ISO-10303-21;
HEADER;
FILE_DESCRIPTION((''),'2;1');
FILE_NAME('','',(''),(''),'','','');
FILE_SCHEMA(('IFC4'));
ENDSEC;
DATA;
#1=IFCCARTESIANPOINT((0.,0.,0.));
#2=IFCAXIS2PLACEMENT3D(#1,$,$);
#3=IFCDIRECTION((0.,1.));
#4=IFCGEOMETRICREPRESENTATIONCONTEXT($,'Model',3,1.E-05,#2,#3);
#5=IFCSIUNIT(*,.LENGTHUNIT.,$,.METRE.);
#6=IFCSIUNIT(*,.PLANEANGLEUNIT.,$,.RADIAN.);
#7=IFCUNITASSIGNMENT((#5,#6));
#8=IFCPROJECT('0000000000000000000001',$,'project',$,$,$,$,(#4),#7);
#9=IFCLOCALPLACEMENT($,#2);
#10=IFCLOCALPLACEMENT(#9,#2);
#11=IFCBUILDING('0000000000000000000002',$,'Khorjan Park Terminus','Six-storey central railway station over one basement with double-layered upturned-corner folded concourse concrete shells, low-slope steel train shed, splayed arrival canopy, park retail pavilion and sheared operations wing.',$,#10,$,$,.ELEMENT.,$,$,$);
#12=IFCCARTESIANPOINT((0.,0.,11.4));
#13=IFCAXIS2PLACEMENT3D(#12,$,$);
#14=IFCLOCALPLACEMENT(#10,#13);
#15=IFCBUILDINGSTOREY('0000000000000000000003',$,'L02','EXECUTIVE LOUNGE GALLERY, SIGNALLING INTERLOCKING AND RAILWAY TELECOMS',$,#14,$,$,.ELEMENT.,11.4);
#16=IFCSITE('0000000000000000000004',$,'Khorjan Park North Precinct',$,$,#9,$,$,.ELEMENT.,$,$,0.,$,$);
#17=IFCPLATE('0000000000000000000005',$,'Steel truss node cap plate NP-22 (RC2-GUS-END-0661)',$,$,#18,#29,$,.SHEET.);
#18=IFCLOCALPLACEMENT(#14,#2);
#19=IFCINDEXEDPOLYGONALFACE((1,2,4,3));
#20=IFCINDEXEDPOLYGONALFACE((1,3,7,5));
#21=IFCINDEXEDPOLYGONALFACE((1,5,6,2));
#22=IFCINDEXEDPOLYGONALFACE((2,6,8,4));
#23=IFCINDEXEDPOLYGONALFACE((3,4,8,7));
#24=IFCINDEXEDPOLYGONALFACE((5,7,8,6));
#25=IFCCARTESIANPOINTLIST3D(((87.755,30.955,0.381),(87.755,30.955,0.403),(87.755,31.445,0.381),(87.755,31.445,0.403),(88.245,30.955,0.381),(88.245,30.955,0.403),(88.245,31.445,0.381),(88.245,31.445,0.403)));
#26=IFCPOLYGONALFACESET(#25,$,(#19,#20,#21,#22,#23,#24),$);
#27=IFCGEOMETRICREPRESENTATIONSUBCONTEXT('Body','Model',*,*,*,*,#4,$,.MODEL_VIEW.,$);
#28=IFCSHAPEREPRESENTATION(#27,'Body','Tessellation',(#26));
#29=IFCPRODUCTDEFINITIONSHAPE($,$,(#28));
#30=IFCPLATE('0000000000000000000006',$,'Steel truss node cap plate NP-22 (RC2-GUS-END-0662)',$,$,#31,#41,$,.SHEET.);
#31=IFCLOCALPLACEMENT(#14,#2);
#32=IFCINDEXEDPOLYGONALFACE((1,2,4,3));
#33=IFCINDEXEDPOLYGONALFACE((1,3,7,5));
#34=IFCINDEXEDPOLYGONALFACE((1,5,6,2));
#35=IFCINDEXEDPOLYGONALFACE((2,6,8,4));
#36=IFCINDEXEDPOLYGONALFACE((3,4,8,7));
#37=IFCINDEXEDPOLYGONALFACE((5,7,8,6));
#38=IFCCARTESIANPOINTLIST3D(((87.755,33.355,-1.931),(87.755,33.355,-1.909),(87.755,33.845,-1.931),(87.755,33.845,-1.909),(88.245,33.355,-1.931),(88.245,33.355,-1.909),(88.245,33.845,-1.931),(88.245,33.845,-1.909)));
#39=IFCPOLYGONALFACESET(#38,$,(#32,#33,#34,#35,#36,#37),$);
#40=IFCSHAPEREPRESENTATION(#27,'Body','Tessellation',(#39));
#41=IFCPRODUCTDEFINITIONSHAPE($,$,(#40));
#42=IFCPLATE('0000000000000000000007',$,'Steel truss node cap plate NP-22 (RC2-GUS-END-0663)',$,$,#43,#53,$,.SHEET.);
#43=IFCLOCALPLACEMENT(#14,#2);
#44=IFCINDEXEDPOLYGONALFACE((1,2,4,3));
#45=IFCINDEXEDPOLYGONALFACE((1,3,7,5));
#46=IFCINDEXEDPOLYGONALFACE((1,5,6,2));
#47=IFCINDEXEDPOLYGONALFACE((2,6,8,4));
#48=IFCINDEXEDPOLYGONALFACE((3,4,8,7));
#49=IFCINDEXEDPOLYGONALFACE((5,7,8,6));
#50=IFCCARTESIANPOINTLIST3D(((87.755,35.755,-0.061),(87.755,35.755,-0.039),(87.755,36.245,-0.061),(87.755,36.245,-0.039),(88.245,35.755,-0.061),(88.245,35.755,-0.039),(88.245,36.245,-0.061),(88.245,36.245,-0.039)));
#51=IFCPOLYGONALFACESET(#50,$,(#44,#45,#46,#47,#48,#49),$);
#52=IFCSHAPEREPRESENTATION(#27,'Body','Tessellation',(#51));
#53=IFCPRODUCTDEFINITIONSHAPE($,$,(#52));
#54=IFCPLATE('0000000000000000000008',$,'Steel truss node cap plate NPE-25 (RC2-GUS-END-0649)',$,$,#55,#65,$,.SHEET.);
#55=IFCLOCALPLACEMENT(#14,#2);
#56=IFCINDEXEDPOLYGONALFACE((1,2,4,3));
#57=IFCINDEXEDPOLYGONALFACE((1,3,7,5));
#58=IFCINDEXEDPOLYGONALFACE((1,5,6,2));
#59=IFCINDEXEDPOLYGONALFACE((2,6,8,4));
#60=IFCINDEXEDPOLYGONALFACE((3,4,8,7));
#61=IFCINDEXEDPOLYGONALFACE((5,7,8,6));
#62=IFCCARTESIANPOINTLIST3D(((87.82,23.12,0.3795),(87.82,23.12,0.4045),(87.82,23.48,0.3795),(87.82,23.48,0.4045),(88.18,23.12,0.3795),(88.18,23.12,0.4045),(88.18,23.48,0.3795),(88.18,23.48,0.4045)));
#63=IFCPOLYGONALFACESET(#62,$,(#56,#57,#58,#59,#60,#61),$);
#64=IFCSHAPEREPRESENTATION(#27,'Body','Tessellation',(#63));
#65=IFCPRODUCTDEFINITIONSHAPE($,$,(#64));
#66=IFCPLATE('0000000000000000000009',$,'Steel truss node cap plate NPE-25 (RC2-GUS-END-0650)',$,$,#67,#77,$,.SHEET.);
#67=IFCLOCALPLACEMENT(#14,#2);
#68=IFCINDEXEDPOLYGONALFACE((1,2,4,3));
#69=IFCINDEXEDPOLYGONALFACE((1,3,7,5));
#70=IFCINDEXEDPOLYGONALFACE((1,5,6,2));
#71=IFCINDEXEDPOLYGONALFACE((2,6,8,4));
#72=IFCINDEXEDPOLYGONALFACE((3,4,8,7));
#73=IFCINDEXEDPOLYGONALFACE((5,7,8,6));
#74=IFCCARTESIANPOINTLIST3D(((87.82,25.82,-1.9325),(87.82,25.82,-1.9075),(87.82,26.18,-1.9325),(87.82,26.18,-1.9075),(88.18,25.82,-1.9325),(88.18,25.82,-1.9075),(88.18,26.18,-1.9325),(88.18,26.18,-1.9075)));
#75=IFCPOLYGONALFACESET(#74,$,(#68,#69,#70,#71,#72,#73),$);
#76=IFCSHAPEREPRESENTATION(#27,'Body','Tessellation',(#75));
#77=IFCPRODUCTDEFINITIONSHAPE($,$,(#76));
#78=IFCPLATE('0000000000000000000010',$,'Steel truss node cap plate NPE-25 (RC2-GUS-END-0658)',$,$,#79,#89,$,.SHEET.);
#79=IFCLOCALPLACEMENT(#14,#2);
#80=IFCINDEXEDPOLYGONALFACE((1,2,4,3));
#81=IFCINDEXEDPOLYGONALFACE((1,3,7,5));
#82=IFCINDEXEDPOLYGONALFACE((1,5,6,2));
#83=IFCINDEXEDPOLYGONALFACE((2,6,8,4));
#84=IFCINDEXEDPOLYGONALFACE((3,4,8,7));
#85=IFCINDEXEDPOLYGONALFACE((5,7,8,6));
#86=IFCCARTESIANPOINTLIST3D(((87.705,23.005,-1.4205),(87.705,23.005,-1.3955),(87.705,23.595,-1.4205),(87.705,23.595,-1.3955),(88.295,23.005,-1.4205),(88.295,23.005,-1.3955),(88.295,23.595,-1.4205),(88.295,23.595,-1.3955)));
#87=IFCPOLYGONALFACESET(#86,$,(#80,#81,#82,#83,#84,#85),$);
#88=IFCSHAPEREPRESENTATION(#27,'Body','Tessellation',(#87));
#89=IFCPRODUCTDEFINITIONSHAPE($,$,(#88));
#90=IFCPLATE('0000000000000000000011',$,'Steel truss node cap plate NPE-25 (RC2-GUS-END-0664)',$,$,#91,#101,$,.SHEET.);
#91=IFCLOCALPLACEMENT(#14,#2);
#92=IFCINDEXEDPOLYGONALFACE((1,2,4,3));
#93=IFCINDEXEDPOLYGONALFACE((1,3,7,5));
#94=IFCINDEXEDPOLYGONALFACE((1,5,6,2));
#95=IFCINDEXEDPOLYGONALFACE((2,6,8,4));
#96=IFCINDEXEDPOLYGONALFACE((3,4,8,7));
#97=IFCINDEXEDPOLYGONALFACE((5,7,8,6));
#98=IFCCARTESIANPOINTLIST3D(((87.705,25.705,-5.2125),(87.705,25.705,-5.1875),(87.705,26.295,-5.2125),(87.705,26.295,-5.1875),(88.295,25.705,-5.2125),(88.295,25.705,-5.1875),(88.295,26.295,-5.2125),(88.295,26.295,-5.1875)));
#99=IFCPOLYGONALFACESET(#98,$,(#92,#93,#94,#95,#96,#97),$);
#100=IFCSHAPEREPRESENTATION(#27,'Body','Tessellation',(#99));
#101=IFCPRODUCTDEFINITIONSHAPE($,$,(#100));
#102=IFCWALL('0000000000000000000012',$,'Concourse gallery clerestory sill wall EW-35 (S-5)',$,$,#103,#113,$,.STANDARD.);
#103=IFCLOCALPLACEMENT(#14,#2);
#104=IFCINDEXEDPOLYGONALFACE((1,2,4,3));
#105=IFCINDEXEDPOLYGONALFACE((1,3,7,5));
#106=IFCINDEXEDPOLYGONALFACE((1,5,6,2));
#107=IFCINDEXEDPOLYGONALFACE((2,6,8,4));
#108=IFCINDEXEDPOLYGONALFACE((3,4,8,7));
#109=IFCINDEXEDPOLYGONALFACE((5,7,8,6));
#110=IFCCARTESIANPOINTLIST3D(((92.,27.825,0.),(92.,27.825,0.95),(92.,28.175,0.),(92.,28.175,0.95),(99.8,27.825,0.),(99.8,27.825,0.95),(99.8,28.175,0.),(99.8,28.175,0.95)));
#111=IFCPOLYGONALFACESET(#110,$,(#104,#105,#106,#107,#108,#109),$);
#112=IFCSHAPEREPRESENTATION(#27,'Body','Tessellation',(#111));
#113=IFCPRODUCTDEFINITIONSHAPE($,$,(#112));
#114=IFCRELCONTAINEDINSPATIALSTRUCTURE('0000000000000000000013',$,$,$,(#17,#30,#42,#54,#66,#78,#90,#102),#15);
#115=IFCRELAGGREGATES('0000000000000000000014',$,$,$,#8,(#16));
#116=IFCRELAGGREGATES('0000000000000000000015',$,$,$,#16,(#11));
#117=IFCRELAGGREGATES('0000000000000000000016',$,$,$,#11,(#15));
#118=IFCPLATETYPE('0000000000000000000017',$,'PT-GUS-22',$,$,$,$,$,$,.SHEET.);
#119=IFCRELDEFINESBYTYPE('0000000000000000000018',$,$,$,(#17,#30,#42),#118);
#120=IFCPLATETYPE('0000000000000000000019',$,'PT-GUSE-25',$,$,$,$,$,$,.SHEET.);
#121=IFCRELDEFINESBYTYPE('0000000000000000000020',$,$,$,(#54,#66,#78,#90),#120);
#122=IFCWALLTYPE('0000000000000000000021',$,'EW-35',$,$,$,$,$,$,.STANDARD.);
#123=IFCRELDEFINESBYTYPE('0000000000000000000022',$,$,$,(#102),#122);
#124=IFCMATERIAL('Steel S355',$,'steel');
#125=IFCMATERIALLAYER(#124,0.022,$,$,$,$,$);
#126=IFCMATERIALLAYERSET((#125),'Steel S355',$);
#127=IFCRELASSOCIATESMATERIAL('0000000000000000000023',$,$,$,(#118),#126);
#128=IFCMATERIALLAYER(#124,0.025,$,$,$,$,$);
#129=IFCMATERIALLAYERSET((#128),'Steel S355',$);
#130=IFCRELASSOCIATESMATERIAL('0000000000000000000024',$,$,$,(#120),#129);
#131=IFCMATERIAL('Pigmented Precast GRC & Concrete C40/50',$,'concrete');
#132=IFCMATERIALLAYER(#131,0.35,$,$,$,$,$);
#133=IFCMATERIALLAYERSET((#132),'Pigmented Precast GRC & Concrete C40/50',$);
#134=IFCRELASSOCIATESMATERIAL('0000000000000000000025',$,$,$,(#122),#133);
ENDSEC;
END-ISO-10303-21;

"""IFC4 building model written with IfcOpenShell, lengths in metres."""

from ifc_helpers import new_model, si_unit, direction, frame, frame_2d, origin, origin_2d, place, context, subcontext, project, spatial, rectangle, extrude, material, layer, layer_set, type_object, element, save


model = new_model("IFC4")

# Units and contexts
model_context = context("Model", 3, precision=1e-05, world=origin(), true_north=direction((0.0, 1.0)))
body_context = subcontext(model_context, "Body", "Model", "MODEL_VIEW")
ifc_project = project(units=[si_unit("LENGTHUNIT", "METRE"), si_unit("PLANEANGLEUNIT", "RADIAN")], contexts=[model_context])

# Site, building, storey
site_placement = place(None, origin())
site = spatial("IfcSite", under=ifc_project, at=site_placement, Name="Khorjan Park North Precinct", CompositionType="ELEMENT", RefElevation=0.0)
building_placement = place(site_placement, origin())
building = spatial("IfcBuilding", under=site, at=building_placement, Name="Khorjan Park Terminus", Description="Six-storey central railway station over one basement with double-layered upturned-corner folded concourse concrete shells, low-slope steel train shed, splayed arrival canopy, park retail pavilion and sheared operations wing.", CompositionType="ELEMENT")
storey_placement = place(building_placement, frame((0.0, 0.0, 11.4)))
storey = spatial("IfcBuildingStorey", under=building, at=storey_placement, Name="L02", Description="EXECUTIVE LOUNGE GALLERY, SIGNALLING INTERLOCKING AND RAILWAY TELECOMS", CompositionType="ELEMENT", Elevation=11.4)

# Shared definitions
ifc_material_1 = material(Name="Steel S355", Category="steel")

# Plates
ifc_layer_1 = layer(ifc_material_1, 0.022)
ifc_layer_set_1 = layer_set([ifc_layer_1], Name="Steel S355")
plate_type_1 = type_object("IfcPlateType", Name="PT-GUS-22", PredefinedType="SHEET", material=ifc_layer_set_1)
for number, where, z_axis, x_axis, name in (
    (1, (88.0, 31.2, 0.381), (0.0, 0.0, 1.0), (1.0, 0.0, 0.0), "Steel truss node cap plate NP-22 (RC2-GUS-END-0661)"),
    (2, (88.0, 33.6, -1.931), (0.0, 0.0, 1.0), (1.0, 0.0, 0.0), "Steel truss node cap plate NP-22 (RC2-GUS-END-0662)"),
    (3, (88.0, 36.0, -0.061), (0.0, 0.0, 1.0), (1.0, 0.0, 0.0), "Steel truss node cap plate NP-22 (RC2-GUS-END-0663)"),
):
    element("IfcPlate", number, at=place(storey_placement, frame(where, z_axis=z_axis, x_axis=x_axis)), inside=storey, type_object=plate_type_1, Name=name, PredefinedType="SHEET", context=body_context, shape_type="SweptSolid", body=[
        extrude(rectangle(XDim=0.49, YDim=0.49, at=origin_2d()), origin(), (0.0, 0.0, 1.0), 0.022),
    ])
ifc_layer_2 = layer(ifc_material_1, 0.025)
ifc_layer_set_2 = layer_set([ifc_layer_2], Name="Steel S355")
plate_type_2 = type_object("IfcPlateType", Name="PT-GUSE-25", PredefinedType="SHEET", material=ifc_layer_set_2)
for number, where, z_axis, x_axis, name in (
    (4, (88.0, 23.3, 0.3795), (0.0, 0.0, 1.0), (1.0, 0.0, 0.0), "Steel truss node cap plate NPE-25 (RC2-GUS-END-0649)"),
    (5, (88.0, 26.0, -1.9325), (0.0, 0.0, 1.0), (1.0, 0.0, 0.0), "Steel truss node cap plate NPE-25 (RC2-GUS-END-0650)"),
):
    element("IfcPlate", number, at=place(storey_placement, frame(where, z_axis=z_axis, x_axis=x_axis)), inside=storey, type_object=plate_type_2, Name=name, PredefinedType="SHEET", context=body_context, shape_type="SweptSolid", body=[
        extrude(rectangle(XDim=0.36, YDim=0.36, at=origin_2d()), origin(), (0.0, 0.0, 1.0), 0.025),
    ])
for number, where, z_axis, x_axis, name in (
    (6, (88.0, 23.3, -1.4205), (0.0, 0.0, 1.0), (1.0, 0.0, 0.0), "Steel truss node cap plate NPE-25 (RC2-GUS-END-0658)"),
    (7, (88.0, 26.0, -5.2125), (0.0, 0.0, 1.0), (1.0, 0.0, 0.0), "Steel truss node cap plate NPE-25 (RC2-GUS-END-0664)"),
):
    element("IfcPlate", number, at=place(storey_placement, frame(where, z_axis=z_axis, x_axis=x_axis)), inside=storey, type_object=plate_type_2, Name=name, PredefinedType="SHEET", context=body_context, shape_type="SweptSolid", body=[
        extrude(rectangle(XDim=0.59, YDim=0.59, at=origin_2d()), origin(), (0.0, 0.0, 1.0), 0.025),
    ])

# Wall
ifc_material_2 = material(Name="Pigmented Precast GRC & Concrete C40/50", Category="concrete")
ifc_layer_3 = layer(ifc_material_2, 0.35)
ifc_layer_set_3 = layer_set([ifc_layer_3], Name="Pigmented Precast GRC & Concrete C40/50")
wall_type = type_object("IfcWallType", Name="EW-35", PredefinedType="STANDARD", material=ifc_layer_set_3)
wall_placement = place(storey_placement, frame((92.0, 28.0, 0.0), z_axis=(0.0, 0.0, 1.0), x_axis=(1.0, 0.0, 0.0)))
element("IfcWall", 8, at=wall_placement, inside=storey, type_object=wall_type, Name="Concourse gallery clerestory sill wall EW-35 (S-5)", PredefinedType="STANDARD", context=body_context, shape_type="SweptSolid", body=[
    extrude(rectangle(XDim=7.8, YDim=0.35, at=frame_2d((3.9, 0.0))), origin(), (0.0, 0.0, 1.0), 0.95),
])

save(model, "model.ifc")
